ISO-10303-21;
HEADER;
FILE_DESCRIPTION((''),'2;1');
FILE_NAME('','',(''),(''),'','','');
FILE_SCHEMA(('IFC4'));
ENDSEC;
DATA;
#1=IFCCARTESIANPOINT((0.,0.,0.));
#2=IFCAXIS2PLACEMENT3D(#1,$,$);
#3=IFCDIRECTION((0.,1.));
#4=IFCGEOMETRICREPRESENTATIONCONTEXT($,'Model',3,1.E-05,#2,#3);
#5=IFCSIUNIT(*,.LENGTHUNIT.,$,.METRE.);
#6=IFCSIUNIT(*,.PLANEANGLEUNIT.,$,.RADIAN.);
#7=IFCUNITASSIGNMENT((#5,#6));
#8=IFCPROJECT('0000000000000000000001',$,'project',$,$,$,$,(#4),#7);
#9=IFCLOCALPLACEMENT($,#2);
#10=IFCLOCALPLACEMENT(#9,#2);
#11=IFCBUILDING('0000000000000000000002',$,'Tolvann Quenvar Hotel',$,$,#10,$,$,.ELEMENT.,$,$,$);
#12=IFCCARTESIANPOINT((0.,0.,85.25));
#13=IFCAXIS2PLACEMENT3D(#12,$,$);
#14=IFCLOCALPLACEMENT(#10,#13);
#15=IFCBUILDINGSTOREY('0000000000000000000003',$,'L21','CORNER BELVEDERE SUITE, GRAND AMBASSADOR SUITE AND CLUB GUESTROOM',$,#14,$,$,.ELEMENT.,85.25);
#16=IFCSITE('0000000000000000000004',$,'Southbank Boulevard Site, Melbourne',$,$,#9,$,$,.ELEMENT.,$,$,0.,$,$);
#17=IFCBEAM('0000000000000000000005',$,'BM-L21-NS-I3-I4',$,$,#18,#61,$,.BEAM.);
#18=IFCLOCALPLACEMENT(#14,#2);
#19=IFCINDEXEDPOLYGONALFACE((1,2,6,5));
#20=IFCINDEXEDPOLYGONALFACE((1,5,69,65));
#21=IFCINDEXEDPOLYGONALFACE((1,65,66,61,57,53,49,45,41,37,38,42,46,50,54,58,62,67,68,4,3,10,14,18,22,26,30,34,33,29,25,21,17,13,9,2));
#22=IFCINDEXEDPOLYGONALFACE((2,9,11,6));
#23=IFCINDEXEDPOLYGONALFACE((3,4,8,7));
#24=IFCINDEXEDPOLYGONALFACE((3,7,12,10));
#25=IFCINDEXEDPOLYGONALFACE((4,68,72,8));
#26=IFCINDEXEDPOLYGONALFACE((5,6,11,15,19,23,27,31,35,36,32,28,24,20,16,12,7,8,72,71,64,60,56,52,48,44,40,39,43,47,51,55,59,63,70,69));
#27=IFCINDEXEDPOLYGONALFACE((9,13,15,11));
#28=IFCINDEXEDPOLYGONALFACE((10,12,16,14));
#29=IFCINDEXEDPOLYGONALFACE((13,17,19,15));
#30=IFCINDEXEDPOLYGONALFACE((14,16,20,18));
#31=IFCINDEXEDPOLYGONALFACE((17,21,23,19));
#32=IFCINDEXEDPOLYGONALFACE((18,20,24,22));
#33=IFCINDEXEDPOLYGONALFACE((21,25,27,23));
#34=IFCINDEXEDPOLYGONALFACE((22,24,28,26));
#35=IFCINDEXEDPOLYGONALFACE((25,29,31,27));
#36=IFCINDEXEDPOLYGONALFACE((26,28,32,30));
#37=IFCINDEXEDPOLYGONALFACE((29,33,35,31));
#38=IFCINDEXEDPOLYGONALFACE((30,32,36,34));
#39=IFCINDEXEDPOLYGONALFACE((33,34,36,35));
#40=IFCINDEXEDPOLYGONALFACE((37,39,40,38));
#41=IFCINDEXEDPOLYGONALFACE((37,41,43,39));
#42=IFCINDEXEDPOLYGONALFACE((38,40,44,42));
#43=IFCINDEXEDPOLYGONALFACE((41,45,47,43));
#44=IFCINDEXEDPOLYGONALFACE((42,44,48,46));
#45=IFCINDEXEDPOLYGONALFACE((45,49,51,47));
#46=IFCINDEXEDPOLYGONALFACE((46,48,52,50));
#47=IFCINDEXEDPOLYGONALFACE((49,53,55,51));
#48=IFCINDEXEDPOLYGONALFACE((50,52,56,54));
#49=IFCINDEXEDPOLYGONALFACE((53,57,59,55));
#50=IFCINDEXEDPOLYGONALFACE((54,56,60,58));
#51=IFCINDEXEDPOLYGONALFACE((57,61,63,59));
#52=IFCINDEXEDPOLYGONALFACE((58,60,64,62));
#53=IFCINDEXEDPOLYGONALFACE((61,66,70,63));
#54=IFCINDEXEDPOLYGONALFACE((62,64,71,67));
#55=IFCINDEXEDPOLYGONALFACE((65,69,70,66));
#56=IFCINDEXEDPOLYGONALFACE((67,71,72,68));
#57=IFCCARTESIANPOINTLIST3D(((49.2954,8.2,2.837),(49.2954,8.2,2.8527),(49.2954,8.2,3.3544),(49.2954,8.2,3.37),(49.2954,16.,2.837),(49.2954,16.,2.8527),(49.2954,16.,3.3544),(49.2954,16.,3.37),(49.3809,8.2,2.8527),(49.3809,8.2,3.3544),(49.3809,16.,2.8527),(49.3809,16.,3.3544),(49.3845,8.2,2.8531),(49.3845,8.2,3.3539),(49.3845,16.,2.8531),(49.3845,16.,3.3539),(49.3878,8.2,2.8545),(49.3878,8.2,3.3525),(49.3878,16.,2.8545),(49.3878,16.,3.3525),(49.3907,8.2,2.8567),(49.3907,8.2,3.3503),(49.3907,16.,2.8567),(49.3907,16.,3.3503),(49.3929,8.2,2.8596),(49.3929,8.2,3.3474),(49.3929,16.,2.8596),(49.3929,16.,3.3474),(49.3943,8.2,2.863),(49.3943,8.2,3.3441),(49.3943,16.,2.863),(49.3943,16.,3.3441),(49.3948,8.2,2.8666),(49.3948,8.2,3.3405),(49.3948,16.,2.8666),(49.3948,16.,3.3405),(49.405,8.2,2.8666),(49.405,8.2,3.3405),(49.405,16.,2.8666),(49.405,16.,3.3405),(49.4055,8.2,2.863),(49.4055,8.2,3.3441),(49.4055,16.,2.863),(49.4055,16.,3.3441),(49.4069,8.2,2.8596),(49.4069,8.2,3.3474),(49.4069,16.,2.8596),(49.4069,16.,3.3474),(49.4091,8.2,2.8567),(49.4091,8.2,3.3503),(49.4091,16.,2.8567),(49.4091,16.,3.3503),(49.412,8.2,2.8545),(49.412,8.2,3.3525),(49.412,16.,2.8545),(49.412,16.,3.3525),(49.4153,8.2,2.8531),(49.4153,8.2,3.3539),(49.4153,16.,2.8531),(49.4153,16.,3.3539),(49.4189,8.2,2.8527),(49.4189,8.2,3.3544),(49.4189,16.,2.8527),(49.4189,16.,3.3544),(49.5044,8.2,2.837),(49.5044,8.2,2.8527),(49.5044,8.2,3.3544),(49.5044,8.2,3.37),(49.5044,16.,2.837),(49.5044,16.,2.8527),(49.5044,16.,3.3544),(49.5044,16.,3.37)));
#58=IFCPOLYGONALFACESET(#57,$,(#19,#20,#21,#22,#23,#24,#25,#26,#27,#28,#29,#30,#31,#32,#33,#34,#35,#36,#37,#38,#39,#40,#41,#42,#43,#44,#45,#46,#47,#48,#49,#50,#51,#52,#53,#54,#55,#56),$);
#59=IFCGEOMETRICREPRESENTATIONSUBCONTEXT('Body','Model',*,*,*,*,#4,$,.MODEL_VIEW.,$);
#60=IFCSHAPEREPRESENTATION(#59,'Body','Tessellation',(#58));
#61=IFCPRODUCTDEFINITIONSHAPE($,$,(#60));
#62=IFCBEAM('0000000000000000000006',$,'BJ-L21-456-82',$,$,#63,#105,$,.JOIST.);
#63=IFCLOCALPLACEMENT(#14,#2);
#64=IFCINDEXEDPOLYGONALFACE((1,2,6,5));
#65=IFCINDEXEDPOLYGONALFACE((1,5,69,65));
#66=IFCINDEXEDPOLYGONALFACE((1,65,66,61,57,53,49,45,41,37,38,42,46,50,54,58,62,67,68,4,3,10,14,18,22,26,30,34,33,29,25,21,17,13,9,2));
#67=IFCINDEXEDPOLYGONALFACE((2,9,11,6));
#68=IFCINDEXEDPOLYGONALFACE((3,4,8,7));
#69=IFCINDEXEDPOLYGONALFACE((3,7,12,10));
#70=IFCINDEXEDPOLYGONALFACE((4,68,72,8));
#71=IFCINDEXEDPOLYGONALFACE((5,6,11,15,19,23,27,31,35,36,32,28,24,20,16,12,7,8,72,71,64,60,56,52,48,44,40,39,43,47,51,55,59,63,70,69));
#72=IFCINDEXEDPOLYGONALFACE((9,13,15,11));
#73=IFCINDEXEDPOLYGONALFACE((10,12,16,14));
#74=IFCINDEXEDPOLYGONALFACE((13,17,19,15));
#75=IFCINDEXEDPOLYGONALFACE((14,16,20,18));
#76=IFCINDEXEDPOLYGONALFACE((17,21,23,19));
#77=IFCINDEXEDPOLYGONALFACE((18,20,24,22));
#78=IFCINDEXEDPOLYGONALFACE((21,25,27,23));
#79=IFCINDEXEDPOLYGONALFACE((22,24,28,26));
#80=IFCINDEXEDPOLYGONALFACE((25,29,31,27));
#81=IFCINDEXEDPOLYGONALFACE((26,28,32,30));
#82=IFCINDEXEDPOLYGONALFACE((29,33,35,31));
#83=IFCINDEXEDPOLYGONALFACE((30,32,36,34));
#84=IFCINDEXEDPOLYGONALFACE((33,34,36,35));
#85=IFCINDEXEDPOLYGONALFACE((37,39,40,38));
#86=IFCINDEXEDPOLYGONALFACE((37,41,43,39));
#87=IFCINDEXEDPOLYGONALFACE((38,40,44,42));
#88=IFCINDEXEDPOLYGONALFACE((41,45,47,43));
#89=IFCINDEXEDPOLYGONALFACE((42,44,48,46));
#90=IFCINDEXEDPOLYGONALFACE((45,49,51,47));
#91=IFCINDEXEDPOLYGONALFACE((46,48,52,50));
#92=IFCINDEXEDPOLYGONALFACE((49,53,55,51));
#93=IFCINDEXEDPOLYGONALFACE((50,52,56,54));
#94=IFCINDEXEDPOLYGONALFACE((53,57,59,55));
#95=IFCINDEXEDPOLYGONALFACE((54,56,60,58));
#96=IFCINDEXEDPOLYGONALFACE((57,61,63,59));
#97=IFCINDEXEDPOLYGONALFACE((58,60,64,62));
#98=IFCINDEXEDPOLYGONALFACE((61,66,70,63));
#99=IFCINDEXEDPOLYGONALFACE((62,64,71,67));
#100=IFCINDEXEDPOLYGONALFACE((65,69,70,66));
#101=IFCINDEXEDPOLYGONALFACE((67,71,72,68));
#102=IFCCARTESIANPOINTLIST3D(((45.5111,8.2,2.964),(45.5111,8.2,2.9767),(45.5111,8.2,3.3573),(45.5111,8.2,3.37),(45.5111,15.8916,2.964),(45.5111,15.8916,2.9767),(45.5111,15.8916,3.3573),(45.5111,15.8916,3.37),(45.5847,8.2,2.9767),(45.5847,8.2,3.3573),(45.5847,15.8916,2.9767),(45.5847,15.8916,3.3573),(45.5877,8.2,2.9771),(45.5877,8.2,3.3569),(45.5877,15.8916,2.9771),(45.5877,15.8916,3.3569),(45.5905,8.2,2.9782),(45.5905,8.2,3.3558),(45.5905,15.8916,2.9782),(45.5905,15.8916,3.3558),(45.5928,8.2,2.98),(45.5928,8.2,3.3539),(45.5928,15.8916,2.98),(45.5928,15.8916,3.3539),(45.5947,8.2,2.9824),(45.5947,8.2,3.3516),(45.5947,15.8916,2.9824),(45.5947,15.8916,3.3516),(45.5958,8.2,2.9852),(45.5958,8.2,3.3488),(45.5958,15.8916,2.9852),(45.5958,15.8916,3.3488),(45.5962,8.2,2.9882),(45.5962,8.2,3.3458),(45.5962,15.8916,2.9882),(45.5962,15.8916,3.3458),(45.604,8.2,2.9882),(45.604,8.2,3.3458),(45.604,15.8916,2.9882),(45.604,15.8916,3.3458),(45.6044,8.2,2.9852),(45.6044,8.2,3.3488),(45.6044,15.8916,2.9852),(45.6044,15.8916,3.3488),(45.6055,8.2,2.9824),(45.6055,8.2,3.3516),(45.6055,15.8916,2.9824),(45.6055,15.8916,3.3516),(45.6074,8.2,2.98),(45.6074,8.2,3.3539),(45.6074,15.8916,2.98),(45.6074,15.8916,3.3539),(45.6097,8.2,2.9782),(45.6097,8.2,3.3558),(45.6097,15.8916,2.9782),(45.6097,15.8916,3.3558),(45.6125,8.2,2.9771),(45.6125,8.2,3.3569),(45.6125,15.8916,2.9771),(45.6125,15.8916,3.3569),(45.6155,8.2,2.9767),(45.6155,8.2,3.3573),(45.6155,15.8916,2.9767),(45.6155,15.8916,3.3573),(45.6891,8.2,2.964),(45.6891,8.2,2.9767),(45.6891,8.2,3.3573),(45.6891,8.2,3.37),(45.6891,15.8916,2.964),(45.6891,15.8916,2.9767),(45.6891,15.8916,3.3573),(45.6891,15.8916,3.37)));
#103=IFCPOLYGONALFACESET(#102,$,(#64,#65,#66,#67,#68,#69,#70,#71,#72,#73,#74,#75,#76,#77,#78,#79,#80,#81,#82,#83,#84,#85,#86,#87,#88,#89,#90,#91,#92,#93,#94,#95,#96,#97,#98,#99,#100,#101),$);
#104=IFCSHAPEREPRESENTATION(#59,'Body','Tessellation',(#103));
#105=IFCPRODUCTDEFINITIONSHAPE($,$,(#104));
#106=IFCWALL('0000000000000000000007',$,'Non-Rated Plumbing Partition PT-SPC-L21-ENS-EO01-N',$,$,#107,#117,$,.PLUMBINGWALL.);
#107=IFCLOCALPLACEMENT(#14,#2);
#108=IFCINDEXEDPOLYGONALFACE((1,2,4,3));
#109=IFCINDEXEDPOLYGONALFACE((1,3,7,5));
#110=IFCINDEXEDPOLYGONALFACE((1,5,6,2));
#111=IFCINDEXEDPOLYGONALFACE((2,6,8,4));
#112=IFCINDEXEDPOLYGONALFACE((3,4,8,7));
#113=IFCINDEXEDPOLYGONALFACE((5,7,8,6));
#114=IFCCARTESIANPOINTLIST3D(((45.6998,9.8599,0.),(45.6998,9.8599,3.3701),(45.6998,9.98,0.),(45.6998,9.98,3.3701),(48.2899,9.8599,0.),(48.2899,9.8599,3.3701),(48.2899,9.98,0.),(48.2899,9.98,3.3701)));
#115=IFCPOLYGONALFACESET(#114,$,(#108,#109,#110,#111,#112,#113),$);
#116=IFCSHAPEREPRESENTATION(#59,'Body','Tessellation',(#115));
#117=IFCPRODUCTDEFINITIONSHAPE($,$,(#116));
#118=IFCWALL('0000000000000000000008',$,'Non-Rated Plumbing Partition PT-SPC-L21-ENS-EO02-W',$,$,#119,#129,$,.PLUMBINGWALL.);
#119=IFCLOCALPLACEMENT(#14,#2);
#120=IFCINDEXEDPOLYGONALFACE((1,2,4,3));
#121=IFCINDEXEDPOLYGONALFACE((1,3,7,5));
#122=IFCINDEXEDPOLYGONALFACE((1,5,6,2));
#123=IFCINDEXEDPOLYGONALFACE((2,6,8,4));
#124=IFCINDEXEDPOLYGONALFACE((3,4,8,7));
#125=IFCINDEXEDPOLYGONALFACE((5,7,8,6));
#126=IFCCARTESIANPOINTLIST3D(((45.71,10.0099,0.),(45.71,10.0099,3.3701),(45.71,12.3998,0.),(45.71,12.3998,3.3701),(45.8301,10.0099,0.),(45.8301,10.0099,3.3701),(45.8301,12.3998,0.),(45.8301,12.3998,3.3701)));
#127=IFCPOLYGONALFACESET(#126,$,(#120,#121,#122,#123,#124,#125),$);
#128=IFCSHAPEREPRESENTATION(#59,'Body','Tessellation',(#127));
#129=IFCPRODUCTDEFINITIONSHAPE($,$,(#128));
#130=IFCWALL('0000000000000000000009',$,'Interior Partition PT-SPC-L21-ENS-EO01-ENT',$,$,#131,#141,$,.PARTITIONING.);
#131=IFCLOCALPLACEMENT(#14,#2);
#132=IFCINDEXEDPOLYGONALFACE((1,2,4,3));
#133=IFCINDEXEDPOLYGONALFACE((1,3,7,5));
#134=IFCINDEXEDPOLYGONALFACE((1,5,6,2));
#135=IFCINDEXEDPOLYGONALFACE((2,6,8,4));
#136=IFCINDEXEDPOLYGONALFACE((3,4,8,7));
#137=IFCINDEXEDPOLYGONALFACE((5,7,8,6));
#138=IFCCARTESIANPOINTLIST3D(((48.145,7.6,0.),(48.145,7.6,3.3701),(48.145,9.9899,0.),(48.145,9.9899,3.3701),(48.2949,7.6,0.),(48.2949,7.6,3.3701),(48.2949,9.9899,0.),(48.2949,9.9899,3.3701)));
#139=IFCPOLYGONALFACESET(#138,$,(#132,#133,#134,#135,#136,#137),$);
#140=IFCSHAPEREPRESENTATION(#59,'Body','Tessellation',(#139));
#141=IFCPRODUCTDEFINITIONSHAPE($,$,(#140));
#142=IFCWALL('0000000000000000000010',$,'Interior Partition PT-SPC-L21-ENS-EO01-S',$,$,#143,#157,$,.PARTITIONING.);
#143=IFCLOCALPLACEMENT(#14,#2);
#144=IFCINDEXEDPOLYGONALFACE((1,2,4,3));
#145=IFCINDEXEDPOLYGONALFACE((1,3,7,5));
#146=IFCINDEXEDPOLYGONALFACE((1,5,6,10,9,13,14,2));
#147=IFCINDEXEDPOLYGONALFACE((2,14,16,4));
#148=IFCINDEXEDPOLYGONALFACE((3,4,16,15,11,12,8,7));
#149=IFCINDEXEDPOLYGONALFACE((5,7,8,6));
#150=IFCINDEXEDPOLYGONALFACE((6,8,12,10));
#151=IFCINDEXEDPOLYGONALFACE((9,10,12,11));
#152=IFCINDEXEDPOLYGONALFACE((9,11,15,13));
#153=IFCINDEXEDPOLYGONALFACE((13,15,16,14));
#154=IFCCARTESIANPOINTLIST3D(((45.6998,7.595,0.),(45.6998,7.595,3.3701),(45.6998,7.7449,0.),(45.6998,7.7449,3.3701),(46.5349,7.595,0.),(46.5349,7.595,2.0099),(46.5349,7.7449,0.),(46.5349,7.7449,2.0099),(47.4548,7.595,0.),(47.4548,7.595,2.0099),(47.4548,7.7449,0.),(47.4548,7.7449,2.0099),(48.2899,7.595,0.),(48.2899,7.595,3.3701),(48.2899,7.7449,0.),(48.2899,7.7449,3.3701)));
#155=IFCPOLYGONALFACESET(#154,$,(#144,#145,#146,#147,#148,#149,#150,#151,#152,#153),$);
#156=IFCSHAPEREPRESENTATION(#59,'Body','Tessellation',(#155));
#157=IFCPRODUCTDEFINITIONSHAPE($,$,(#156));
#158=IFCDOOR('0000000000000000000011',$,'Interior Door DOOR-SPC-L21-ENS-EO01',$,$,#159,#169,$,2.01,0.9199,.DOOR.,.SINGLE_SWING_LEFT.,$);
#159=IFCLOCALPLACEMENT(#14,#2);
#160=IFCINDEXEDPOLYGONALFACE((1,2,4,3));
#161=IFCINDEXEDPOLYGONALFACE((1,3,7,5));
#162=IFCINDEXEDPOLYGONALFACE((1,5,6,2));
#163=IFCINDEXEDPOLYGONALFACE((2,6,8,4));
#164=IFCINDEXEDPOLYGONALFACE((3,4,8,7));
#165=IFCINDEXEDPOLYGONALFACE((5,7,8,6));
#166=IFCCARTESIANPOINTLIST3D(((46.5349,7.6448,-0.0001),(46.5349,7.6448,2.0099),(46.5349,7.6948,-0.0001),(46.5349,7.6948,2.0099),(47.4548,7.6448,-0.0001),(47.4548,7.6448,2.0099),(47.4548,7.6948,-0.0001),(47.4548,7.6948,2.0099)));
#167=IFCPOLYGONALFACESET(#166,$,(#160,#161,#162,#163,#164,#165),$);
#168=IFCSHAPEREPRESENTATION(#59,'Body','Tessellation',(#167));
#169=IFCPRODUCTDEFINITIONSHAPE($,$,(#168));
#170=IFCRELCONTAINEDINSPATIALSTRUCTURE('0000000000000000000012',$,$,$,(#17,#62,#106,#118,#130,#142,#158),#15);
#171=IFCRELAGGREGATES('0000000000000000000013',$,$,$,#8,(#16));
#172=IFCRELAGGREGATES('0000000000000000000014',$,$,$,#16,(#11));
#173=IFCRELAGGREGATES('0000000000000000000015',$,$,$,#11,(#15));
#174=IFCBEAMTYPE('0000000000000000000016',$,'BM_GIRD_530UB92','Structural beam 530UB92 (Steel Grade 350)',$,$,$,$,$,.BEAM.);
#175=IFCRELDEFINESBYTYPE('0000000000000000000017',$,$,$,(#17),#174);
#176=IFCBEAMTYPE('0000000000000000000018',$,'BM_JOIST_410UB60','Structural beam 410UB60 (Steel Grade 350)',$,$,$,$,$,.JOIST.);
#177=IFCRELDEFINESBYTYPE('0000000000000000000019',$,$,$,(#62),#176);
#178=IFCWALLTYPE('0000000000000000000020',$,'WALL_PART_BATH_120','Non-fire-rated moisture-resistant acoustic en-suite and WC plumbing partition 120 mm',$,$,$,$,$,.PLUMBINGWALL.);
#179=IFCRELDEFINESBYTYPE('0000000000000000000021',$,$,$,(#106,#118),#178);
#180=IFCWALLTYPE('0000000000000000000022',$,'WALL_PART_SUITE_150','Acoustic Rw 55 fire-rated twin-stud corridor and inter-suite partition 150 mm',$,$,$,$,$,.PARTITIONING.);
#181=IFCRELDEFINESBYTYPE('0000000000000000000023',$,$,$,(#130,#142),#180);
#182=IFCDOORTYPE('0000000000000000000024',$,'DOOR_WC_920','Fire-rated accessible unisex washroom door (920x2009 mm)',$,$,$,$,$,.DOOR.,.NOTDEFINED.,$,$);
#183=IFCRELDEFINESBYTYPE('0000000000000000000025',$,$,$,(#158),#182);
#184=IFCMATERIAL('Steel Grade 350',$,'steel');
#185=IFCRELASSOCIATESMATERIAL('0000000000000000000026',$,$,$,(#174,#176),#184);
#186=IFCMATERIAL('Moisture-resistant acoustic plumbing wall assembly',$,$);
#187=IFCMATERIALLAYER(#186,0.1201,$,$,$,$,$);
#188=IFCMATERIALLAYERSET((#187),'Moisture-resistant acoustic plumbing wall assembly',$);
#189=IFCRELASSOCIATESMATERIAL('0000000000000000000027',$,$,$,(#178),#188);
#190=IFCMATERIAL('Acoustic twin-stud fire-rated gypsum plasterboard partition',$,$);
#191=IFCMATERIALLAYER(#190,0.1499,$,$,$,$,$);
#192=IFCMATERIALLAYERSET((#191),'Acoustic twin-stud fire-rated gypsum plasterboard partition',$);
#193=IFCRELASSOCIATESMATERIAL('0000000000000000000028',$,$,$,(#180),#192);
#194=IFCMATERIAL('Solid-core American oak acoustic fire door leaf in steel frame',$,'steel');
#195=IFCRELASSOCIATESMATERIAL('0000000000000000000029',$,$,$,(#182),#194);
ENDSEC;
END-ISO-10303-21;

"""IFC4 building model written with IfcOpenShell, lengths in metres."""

from ifc_helpers import new_model, si_unit, direction, frame, frame_2d, origin, origin_2d, place, context, subcontext, project, spatial, rectangle, i_section, extrude, source, transform, mapped, material, layer, layer_set, material_profile, profile_set, type_object, type_shapes, element, fill, save


model = new_model("IFC4")

# Units and contexts
model_context = context("Model", 3, precision=1e-05, world=origin(), true_north=direction((0.0, 1.0)))
body_context = subcontext(model_context, "Body", "Model", "MODEL_VIEW")
ifc_project = project(units=[si_unit("LENGTHUNIT", "METRE"), si_unit("PLANEANGLEUNIT", "RADIAN")], contexts=[model_context])

# Site, building, storey
site_placement = place(None, origin())
site = spatial("IfcSite", under=ifc_project, at=site_placement, Name="Southbank Boulevard Site, Melbourne", CompositionType="ELEMENT", RefElevation=0.0)
building_placement = place(site_placement, origin())
building = spatial("IfcBuilding", under=site, at=building_placement, Name="Tolvann Quenvar Hotel", CompositionType="ELEMENT")
storey_placement = place(building_placement, frame((0.0, 0.0, 85.25)))
storey = spatial("IfcBuildingStorey", under=building, at=storey_placement, Name="L21", Description="CORNER BELVEDERE SUITE, GRAND AMBASSADOR SUITE AND CLUB GUESTROOM", CompositionType="ELEMENT", Elevation=85.25)

# Shared definitions
ifc_material_1 = material(Name="Steel Grade 350", Category="steel")

# Beams
ifc_material_profile_1 = material_profile(ifc_material_1, i_section(OverallWidth=0.209, OverallDepth=0.533, WebThickness=0.0103, FlangeThickness=0.0156, FilletRadius=0.0139, at=origin_2d()), Name="530UB92")
ifc_profile_set_1 = profile_set([ifc_material_profile_1], Name="Steel Grade 350")
beam_type_1 = type_object("IfcBeamType", Name="BM_GIRD_530UB92", Description="Structural beam 530UB92 (Steel Grade 350)", PredefinedType="BEAM", material=ifc_profile_set_1)
shared_shape_1 = source(origin(), body_context, "Body", "SweptSolid", [
    extrude(i_section(OverallWidth=0.209, OverallDepth=0.533, WebThickness=0.0103, FlangeThickness=0.0156, FilletRadius=0.0139, at=origin_2d()), origin(), (0.0, 0.0, 1.0), 7.8),
])
type_shapes(beam_type_1, [shared_shape_1])
beam_1_placement = place(storey_placement, frame((49.3999, 8.2, 3.1035), z_axis=(0.0, 1.0, 0.0), x_axis=(-1.0, 0.0, 0.0)))
element("IfcBeam", 1, at=beam_1_placement, inside=storey, type_object=beam_type_1, Name="BM-L21-NS-I3-I4", PredefinedType="BEAM", context=body_context, shape_type="MappedRepresentation", body=[
    mapped(shared_shape_1, transform((0.0, 0.0, 0.0), x_axis=(1.0, 0.0, 0.0), y_axis=(0.0, 1.0, 0.0), z_axis=(0.0, 0.0, 1.0), scale=1.0)),
])
ifc_material_profile_2 = material_profile(ifc_material_1, i_section(OverallWidth=0.178, OverallDepth=0.406, WebThickness=0.0078, FlangeThickness=0.0127, FilletRadius=0.0115, at=origin_2d()), Name="410UB60")
ifc_profile_set_2 = profile_set([ifc_material_profile_2], Name="Steel Grade 350")
beam_type_2 = type_object("IfcBeamType", Name="BM_JOIST_410UB60", Description="Structural beam 410UB60 (Steel Grade 350)", PredefinedType="JOIST", material=ifc_profile_set_2)
shared_shape_2 = source(origin(), body_context, "Body", "SweptSolid", [
    extrude(i_section(OverallWidth=0.178, OverallDepth=0.406, WebThickness=0.0078, FlangeThickness=0.0127, FilletRadius=0.0115, at=origin_2d()), origin(), (0.0, 0.0, 1.0), 7.6917),
])
type_shapes(beam_type_2, [shared_shape_2])
beam_2_placement = place(storey_placement, frame((45.6001, 8.2, 3.167), z_axis=(0.0, 1.0, 0.0), x_axis=(-1.0, 0.0, 0.0)))
element("IfcBeam", 2, at=beam_2_placement, inside=storey, type_object=beam_type_2, Name="BJ-L21-456-82", PredefinedType="JOIST", context=body_context, shape_type="MappedRepresentation", body=[
    mapped(shared_shape_2, transform((0.0, 0.0, 0.0), x_axis=(1.0, 0.0, 0.0), y_axis=(0.0, 1.0, 0.0), z_axis=(0.0, 0.0, 1.0), scale=1.0)),
])

# Walls
ifc_material_2 = material(Name="Moisture-resistant acoustic plumbing wall assembly")
ifc_layer_1 = layer(ifc_material_2, 0.1201)
ifc_layer_set_1 = layer_set([ifc_layer_1], Name="Moisture-resistant acoustic plumbing wall assembly")
wall_type_1 = type_object("IfcWallType", Name="WALL_PART_BATH_120", Description="Non-fire-rated moisture-resistant acoustic en-suite and WC plumbing partition 120 mm", PredefinedType="PLUMBINGWALL", material=ifc_layer_set_1)
wall_1_placement = place(storey_placement, frame((45.7, 9.9199, 0.0), z_axis=(0.0, 0.0, 1.0), x_axis=(1.0, 0.0, 0.0)))
element("IfcWall", 3, at=wall_1_placement, inside=storey, type_object=wall_type_1, Name="Non-Rated Plumbing Partition PT-SPC-L21-ENS-EO01-N", PredefinedType="PLUMBINGWALL", context=body_context, shape_type="SweptSolid", body=[
    extrude(rectangle(XDim=2.5901, YDim=0.1201, at=frame_2d((1.2949, 0.0))), origin(), (0.0, 0.0, 1.0), 3.3701),
])
wall_2_placement = place(storey_placement, frame((45.77, 10.01, 0.0), z_axis=(0.0, 0.0, 1.0), x_axis=(0.0, 1.0, 0.0)))
element("IfcWall", 4, at=wall_2_placement, inside=storey, type_object=wall_type_1, Name="Non-Rated Plumbing Partition PT-SPC-L21-ENS-EO02-W", PredefinedType="PLUMBINGWALL", context=body_context, shape_type="SweptSolid", body=[
    extrude(rectangle(XDim=2.3899, YDim=0.1201, at=frame_2d((1.1948, 0.0))), origin(), (0.0, 0.0, 1.0), 3.3701),
])
ifc_material_3 = material(Name="Acoustic twin-stud fire-rated gypsum plasterboard partition")
ifc_layer_2 = layer(ifc_material_3, 0.1499)
ifc_layer_set_2 = layer_set([ifc_layer_2], Name="Acoustic twin-stud fire-rated gypsum plasterboard partition")
wall_type_2 = type_object("IfcWallType", Name="WALL_PART_SUITE_150", Description="Acoustic Rw 55 fire-rated twin-stud corridor and inter-suite partition 150 mm", PredefinedType="PARTITIONING", material=ifc_layer_set_2)
wall_3_placement = place(storey_placement, frame((48.22, 7.6001, 0.0), z_axis=(0.0, 0.0, 1.0), x_axis=(0.0, 1.0, 0.0)))
element("IfcWall", 5, at=wall_3_placement, inside=storey, type_object=wall_type_2, Name="Interior Partition PT-SPC-L21-ENS-EO01-ENT", PredefinedType="PARTITIONING", context=body_context, shape_type="SweptSolid", body=[
    extrude(rectangle(XDim=2.3899, YDim=0.1499, at=frame_2d((1.1948, 0.0))), origin(), (0.0, 0.0, 1.0), 3.3701),
])

# Wall, opening, door
wall_4_placement = place(storey_placement, frame((45.7, 7.6699, 0.0), z_axis=(0.0, 0.0, 1.0), x_axis=(1.0, 0.0, 0.0)))
wall_4 = element("IfcWall", 6, at=wall_4_placement, inside=storey, type_object=wall_type_2, Name="Interior Partition PT-SPC-L21-ENS-EO01-S", PredefinedType="PARTITIONING", context=body_context, shape_type="SweptSolid", body=[
    extrude(rectangle(XDim=2.5901, YDim=0.1499, at=frame_2d((1.2949, 0.0))), origin(), (0.0, 0.0, 1.0), 3.3701),
])
opening_1_placement = place(wall_4_placement, frame((0.835, 0.0, 0.0)))
opening_1 = element("IfcOpeningElement", 7, at=opening_1_placement, cuts=wall_4, PredefinedType="OPENING", context=body_context, shape_type="SweptSolid", body=[
    extrude(rectangle(XDim=0.9199, YDim=2.01, at=frame_2d((0.46, 1.0049))), frame((0.0, 0.085, 0.0), z_axis=(0.0, -1.0, 0.0), x_axis=(1.0, 0.0, 0.0)), (0.0, 0.0, 1.0), 0.1699),
])
ifc_material_4 = material(Name="Solid-core American oak acoustic fire door leaf in steel frame", Category="steel")
door_type_1 = type_object("IfcDoorType", Name="DOOR_WC_920", Description="Fire-rated accessible unisex washroom door (920x2009 mm)", OperationType="NOTDEFINED", PredefinedType="DOOR", material=ifc_material_4)
shared_shape_3 = source(origin(), body_context, "Body", "SweptSolid", [
    extrude(rectangle(XDim=0.9199, YDim=2.01, at=frame_2d((0.46, 1.0049))), frame((0.0, 0.0249, 0.0), z_axis=(0.0, -1.0, 0.0), x_axis=(1.0, 0.0, 0.0)), (0.0, 0.0, 1.0), 0.05),
])
type_shapes(door_type_1, [shared_shape_3])
door_1_placement = place(opening_1_placement, origin())
door_1 = element("IfcDoor", 8, at=door_1_placement, inside=storey, type_object=door_type_1, Name="Interior Door DOOR-SPC-L21-ENS-EO01", OperationType="SINGLE_SWING_LEFT", OverallHeight=2.01, OverallWidth=0.9199, PredefinedType="DOOR", context=body_context, shape_type="MappedRepresentation", body=[
    mapped(shared_shape_3, transform((0.0, 0.0, 0.0), x_axis=(1.0, 0.0, 0.0), y_axis=(0.0, 1.0, 0.0), z_axis=(0.0, 0.0, 1.0), scale=1.0)),
])
fill(opening_1, door_1)

save(model, "model.ifc")
